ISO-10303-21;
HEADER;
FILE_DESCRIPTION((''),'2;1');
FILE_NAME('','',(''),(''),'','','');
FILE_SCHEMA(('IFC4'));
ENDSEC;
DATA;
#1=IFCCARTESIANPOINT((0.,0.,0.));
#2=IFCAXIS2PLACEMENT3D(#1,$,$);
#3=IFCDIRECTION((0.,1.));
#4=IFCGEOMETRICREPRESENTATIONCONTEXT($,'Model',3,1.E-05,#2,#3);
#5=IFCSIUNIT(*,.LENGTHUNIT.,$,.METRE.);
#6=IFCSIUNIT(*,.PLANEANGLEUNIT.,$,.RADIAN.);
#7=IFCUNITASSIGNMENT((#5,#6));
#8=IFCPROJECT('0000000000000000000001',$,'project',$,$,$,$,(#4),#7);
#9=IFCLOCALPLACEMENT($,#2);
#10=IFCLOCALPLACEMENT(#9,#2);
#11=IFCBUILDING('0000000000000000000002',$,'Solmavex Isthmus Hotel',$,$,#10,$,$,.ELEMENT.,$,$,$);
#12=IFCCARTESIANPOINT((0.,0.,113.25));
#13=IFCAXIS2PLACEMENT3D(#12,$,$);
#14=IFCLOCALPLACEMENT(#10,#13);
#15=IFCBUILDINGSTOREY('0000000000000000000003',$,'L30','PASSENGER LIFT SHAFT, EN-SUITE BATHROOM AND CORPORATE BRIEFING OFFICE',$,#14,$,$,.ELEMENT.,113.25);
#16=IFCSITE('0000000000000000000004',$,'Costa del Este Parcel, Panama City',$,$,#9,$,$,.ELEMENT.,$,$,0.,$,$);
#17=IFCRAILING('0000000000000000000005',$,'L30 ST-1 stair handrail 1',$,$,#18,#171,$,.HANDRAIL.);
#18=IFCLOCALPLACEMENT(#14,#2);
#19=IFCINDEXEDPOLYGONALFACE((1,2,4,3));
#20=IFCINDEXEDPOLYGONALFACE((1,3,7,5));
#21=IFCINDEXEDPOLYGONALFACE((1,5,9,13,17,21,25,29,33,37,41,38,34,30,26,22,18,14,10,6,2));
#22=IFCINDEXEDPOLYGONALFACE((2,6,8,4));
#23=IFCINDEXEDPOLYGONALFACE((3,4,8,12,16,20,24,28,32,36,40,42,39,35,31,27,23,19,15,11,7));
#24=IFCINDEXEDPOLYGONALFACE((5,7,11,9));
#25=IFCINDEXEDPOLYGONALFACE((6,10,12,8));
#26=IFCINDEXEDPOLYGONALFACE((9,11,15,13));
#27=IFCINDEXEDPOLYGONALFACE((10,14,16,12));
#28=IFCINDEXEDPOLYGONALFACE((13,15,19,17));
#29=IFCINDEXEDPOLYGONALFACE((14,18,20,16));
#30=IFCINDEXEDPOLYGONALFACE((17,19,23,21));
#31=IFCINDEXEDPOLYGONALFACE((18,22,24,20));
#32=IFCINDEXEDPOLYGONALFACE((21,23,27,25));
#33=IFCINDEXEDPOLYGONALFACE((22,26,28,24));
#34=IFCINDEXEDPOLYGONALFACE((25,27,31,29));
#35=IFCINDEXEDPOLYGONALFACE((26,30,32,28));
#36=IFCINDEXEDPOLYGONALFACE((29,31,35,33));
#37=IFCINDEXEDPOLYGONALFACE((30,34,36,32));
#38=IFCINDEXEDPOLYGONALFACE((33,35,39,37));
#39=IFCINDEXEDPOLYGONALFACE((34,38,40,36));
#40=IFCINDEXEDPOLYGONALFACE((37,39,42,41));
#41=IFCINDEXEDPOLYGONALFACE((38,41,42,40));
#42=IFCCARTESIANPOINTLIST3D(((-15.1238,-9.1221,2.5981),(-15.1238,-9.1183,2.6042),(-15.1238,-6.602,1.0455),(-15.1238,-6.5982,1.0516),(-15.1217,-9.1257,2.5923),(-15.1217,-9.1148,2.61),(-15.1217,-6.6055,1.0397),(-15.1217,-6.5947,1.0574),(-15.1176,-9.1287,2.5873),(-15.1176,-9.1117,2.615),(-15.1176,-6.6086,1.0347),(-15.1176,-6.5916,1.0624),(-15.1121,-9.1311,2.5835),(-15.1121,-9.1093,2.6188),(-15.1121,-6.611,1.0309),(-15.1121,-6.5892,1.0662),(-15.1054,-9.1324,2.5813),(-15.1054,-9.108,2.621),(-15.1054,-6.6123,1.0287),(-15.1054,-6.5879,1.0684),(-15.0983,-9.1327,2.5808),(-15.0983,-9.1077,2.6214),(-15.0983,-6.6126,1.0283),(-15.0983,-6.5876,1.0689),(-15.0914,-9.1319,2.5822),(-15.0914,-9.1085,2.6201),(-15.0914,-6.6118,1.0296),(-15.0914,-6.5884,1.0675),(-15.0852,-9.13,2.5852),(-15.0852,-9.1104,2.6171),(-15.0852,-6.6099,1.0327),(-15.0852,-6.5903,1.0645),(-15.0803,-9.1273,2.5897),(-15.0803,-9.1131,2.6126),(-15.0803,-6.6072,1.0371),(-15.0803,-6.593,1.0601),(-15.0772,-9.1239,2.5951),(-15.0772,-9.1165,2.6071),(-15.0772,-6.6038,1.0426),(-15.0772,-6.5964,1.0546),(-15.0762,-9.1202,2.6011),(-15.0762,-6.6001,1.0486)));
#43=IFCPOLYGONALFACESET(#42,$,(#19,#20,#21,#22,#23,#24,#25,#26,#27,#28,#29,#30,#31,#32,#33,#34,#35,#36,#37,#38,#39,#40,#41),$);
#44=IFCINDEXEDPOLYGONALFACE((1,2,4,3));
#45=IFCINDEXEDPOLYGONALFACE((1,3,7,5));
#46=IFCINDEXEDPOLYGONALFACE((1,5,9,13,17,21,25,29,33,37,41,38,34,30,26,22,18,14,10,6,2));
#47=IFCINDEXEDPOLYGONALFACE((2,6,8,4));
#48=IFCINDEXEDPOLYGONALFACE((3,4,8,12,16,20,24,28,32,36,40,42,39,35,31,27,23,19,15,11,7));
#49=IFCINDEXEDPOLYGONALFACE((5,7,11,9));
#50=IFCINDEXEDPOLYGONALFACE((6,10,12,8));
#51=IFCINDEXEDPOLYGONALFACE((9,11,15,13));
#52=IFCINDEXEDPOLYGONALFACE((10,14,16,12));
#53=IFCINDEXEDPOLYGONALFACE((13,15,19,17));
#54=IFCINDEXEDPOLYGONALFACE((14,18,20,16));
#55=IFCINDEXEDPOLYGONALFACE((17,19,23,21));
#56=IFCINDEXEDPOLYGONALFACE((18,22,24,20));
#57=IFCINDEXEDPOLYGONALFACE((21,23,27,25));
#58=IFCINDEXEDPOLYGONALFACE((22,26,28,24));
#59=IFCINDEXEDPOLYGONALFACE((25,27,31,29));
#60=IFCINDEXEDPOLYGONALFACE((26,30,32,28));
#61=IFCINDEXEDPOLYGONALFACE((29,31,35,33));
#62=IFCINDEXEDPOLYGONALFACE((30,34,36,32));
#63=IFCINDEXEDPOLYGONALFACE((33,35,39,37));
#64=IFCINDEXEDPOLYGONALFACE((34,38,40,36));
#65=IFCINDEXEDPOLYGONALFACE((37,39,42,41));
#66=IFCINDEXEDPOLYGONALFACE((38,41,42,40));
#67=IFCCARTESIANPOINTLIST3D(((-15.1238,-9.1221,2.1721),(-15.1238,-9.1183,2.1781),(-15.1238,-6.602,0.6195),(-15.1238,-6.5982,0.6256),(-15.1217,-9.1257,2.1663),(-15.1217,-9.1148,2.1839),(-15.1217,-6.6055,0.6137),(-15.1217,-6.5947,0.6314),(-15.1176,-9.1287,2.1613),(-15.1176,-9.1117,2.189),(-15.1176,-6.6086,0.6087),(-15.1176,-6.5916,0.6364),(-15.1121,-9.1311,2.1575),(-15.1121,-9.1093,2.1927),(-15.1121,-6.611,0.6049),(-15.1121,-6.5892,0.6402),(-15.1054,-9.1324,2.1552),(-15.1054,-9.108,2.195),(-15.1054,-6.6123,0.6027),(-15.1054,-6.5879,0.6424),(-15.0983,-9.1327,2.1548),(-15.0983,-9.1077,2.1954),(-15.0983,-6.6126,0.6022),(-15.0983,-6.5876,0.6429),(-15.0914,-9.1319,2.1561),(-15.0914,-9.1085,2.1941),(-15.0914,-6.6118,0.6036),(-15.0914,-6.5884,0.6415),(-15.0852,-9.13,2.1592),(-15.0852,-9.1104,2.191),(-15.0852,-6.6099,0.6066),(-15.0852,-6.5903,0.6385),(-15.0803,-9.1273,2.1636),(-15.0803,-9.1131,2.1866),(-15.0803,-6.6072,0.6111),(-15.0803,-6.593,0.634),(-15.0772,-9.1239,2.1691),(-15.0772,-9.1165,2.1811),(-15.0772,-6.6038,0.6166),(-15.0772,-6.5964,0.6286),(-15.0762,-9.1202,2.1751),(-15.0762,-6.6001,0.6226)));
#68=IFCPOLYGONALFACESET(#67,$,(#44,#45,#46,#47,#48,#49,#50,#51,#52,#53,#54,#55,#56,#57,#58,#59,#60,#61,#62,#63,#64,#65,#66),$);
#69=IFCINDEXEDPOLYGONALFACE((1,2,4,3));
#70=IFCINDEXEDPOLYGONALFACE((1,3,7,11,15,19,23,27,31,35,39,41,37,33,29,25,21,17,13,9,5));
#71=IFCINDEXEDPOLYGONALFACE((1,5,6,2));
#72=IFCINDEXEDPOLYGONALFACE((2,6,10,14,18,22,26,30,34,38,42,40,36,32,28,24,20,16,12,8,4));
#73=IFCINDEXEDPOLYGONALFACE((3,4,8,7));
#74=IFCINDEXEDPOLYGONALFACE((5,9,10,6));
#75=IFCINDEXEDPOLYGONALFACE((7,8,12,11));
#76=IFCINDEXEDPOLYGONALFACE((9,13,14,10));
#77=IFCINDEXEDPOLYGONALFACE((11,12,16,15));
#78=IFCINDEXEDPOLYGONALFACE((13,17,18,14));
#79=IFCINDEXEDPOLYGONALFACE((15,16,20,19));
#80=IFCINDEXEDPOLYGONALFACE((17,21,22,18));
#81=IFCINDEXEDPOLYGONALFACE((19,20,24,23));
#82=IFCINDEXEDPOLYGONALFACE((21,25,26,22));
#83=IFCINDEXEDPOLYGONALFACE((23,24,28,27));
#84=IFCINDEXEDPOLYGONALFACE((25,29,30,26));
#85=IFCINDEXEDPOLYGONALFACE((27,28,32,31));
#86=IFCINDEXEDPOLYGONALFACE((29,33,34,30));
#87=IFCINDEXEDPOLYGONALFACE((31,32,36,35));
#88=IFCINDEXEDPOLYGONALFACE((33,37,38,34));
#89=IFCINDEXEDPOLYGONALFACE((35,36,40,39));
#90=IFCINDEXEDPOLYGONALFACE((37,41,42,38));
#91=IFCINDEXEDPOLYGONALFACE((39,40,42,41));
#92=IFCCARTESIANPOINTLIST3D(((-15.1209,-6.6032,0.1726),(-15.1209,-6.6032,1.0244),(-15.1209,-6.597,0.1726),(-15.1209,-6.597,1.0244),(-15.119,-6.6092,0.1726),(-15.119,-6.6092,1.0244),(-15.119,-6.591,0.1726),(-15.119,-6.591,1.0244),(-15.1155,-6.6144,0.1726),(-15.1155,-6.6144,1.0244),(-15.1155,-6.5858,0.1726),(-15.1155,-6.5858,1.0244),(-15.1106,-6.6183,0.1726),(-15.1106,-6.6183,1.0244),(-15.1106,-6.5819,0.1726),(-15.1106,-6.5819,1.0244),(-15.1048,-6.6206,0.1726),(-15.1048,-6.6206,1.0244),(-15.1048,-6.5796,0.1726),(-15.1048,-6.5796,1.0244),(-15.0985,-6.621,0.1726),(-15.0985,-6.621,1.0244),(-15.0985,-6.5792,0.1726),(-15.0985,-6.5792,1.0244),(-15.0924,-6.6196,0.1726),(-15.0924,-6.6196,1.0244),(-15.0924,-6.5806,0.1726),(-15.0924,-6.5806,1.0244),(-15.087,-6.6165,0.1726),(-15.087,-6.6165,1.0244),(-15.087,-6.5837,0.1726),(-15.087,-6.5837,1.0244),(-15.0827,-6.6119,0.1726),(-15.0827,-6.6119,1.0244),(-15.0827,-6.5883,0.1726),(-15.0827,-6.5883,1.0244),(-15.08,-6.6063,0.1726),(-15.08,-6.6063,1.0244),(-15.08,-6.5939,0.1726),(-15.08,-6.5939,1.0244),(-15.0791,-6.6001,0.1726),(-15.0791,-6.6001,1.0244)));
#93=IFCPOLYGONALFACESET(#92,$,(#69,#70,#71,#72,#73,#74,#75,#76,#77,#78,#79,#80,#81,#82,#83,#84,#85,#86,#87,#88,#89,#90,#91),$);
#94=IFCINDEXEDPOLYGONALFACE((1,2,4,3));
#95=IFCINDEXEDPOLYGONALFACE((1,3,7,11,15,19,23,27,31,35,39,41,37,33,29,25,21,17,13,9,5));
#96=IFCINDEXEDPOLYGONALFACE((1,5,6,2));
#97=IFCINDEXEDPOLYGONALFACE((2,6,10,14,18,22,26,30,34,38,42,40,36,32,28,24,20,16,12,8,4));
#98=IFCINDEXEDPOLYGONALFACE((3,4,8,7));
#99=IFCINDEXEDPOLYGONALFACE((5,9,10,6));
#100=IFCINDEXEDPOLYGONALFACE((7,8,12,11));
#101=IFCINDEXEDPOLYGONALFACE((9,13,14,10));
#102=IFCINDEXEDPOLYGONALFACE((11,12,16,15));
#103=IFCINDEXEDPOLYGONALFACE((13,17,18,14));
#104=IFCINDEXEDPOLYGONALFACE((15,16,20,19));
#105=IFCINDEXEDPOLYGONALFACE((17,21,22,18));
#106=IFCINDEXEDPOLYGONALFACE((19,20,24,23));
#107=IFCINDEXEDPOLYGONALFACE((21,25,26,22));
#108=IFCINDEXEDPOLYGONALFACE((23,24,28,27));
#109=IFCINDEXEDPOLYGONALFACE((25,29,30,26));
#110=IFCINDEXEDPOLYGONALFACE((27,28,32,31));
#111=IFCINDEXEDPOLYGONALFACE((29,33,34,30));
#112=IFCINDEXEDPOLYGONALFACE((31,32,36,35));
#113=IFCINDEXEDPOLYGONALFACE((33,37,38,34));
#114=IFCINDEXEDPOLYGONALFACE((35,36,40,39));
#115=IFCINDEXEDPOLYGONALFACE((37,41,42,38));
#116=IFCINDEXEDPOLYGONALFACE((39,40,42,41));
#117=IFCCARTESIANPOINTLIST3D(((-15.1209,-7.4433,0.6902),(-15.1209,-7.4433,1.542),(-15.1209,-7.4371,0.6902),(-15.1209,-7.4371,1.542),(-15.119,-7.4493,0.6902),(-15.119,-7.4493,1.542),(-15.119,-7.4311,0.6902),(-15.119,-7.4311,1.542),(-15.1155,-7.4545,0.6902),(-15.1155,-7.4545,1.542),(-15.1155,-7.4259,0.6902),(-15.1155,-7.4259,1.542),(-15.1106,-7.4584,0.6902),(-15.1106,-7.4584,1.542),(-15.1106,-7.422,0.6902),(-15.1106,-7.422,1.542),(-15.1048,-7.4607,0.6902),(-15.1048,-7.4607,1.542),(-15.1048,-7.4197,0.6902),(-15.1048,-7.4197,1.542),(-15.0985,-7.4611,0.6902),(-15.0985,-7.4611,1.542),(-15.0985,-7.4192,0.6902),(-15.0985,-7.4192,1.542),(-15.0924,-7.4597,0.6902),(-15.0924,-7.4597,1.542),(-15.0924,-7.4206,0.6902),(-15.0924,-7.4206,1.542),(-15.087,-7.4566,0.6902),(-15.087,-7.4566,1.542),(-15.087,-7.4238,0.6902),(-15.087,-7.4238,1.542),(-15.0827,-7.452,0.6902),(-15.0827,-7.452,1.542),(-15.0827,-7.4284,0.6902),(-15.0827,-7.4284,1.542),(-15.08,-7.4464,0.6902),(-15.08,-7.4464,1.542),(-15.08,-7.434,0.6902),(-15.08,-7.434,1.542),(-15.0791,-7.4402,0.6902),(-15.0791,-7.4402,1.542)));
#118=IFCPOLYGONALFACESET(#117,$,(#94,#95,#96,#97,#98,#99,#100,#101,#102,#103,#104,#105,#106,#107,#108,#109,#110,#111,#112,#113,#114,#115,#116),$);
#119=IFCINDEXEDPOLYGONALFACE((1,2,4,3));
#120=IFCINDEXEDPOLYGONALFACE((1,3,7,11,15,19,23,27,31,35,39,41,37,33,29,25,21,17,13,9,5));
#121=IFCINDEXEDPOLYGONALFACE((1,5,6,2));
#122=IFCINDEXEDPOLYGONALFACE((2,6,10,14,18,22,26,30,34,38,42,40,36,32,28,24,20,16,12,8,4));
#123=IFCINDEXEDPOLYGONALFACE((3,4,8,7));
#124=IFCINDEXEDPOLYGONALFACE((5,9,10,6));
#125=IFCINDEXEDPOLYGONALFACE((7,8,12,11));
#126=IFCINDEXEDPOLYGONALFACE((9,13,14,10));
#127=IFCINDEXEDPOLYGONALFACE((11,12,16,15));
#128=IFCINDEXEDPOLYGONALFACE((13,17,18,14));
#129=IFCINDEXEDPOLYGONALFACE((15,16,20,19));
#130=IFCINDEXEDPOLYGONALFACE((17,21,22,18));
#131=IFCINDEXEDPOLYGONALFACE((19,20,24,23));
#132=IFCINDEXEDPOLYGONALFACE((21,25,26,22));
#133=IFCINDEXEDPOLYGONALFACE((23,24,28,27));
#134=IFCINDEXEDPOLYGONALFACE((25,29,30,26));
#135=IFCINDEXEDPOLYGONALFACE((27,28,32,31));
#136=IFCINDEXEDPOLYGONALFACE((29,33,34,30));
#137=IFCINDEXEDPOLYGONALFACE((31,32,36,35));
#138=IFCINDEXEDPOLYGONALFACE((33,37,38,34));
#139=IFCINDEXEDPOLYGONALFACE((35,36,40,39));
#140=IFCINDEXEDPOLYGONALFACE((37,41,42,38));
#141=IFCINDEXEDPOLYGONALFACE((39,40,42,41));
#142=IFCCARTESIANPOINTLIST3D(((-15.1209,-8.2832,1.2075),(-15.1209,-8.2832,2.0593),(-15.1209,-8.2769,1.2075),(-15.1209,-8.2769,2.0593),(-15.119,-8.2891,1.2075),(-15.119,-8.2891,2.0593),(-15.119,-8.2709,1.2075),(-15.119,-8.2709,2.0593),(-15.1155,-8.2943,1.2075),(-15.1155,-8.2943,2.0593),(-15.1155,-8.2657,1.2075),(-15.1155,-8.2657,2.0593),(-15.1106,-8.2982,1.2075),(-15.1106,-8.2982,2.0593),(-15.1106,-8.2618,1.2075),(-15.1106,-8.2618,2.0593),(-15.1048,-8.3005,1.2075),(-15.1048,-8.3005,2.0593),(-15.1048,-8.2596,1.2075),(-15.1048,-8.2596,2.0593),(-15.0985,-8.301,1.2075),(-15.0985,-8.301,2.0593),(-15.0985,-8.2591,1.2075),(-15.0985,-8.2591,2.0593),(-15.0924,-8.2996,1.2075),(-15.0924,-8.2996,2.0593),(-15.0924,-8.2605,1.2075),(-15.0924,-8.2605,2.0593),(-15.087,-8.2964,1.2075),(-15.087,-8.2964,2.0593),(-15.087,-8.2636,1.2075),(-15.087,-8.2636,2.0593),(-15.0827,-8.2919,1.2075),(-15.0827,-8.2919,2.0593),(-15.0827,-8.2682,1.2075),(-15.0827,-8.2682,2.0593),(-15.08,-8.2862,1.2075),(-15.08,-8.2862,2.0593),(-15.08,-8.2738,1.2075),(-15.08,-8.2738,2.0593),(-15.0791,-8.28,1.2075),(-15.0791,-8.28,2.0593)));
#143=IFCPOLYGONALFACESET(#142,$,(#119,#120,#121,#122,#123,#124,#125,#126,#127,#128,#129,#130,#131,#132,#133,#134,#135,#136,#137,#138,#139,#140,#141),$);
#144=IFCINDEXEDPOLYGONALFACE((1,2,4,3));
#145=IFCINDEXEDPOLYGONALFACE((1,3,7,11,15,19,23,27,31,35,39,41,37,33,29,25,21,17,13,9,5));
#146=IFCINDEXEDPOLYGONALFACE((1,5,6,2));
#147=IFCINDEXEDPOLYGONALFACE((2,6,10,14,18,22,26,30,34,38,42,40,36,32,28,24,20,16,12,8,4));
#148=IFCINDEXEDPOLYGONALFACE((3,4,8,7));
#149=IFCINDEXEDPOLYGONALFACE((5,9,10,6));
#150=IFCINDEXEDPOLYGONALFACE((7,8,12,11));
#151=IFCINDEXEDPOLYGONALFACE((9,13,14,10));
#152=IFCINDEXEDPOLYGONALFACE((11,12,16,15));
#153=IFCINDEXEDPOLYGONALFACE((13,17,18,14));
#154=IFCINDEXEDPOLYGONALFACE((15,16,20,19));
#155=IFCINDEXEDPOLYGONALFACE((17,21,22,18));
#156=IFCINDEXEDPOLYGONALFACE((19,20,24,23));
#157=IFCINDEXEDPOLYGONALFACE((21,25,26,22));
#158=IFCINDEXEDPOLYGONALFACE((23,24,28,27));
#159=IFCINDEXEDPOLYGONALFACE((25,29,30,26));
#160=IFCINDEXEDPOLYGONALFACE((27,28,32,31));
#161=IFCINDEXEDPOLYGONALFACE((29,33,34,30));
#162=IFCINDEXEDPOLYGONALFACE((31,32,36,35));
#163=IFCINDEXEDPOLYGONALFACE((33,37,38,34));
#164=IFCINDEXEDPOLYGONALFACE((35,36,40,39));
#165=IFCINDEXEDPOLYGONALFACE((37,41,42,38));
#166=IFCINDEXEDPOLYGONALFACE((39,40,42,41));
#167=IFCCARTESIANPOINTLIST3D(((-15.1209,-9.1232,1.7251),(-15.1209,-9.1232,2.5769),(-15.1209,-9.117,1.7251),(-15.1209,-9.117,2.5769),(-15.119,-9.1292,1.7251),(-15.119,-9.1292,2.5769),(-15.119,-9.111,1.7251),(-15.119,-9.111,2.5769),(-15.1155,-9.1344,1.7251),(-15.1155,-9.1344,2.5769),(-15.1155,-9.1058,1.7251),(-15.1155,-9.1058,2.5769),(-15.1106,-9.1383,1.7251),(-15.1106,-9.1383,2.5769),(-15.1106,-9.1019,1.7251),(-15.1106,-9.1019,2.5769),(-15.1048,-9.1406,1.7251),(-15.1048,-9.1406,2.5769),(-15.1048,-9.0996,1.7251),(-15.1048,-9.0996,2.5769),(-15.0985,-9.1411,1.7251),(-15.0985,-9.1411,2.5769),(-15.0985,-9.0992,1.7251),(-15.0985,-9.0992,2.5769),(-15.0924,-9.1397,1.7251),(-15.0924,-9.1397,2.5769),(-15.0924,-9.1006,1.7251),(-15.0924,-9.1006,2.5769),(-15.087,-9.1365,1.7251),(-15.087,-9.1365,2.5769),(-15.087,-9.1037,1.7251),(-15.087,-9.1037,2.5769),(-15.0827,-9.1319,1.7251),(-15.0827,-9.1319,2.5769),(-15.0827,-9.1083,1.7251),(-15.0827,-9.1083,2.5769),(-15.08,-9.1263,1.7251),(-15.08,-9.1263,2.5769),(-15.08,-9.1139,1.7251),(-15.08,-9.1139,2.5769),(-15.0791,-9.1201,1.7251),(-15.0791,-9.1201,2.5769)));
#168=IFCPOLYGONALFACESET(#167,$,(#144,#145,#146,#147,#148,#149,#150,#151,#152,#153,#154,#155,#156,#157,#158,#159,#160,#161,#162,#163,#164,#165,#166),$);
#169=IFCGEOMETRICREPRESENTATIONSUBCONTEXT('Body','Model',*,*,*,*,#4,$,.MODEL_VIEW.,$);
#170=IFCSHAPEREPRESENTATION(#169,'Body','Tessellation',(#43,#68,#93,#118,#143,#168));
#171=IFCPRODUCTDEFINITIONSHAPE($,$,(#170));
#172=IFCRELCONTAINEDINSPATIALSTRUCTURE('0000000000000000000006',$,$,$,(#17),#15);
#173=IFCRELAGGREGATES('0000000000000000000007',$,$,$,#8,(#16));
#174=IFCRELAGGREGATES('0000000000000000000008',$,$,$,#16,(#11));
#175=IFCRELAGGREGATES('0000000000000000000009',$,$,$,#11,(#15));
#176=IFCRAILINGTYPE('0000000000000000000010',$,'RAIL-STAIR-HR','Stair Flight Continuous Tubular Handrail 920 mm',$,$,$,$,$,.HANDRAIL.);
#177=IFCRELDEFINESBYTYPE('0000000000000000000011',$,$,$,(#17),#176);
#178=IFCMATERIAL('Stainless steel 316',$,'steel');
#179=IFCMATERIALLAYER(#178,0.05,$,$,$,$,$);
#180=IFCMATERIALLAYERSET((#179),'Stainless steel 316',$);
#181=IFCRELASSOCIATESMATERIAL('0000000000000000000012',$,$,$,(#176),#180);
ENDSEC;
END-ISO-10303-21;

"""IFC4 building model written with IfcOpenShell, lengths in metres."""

from ifc_helpers import new_model, si_unit, direction, frame, origin, origin_2d, place, context, subcontext, project, spatial, circle, extrude, material, layer, layer_set, type_object, element, save


model = new_model("IFC4")

# Units and contexts
model_context = context("Model", 3, precision=1e-05, world=origin(), true_north=direction((0.0, 1.0)))
body_context = subcontext(model_context, "Body", "Model", "MODEL_VIEW")
ifc_project = project(units=[si_unit("LENGTHUNIT", "METRE"), si_unit("PLANEANGLEUNIT", "RADIAN")], contexts=[model_context])

# Site, building, storey
site_placement = place(None, origin())
site = spatial("IfcSite", under=ifc_project, at=site_placement, Name="Costa del Este Parcel, Panama City", CompositionType="ELEMENT", RefElevation=0.0)
building_placement = place(site_placement, origin())
building = spatial("IfcBuilding", under=site, at=building_placement, Name="Solmavex Isthmus Hotel", CompositionType="ELEMENT")
storey_placement = place(building_placement, frame((0.0, 0.0, 113.25)))
storey = spatial("IfcBuildingStorey", under=building, at=storey_placement, Name="L30", Description="PASSENGER LIFT SHAFT, EN-SUITE BATHROOM AND CORPORATE BRIEFING OFFICE", CompositionType="ELEMENT", Elevation=113.25)

# Shared definitions
ifc_material_1 = material(Name="Stainless steel 316", Category="steel")

# Railing
ifc_layer_1 = layer(ifc_material_1, 0.05)
ifc_layer_set_1 = layer_set([ifc_layer_1], Name="Stainless steel 316")
railing_type_1 = type_object("IfcRailingType", Name="RAIL-STAIR-HR", Description="Stair Flight Continuous Tubular Handrail 920 mm", PredefinedType="HANDRAIL", material=ifc_layer_set_1)
railing_1_placement = place(storey_placement, frame((-15.1001, -6.6001, 0.1726)))
element("IfcRailing", 1, at=railing_1_placement, inside=storey, type_object=railing_type_1, Name="L30 ST-1 stair handrail 1", PredefinedType="HANDRAIL", context=body_context, shape_type="SweptSolid", body=[
    extrude(circle(Radius=0.0239, at=origin_2d()), frame((0.0, 0.0, 0.876), z_axis=(0.0, -0.8514, 0.524516), x_axis=(1.0, 0.0, 0.0)), (0.0, 0.0, 1.0), 2.96),
    extrude(circle(Radius=0.0239, at=origin_2d()), frame((0.0, 0.0, 0.45), z_axis=(0.0, -0.8514, 0.524516), x_axis=(1.0, 0.0, 0.0)), (0.0, 0.0, 1.0), 2.96),
    extrude(circle(Radius=0.021, at=origin_2d()), origin(), (0.0, 0.0, 1.0), 0.8518),
    extrude(circle(Radius=0.021, at=origin_2d()), frame((0.0, -0.8401, 0.5176)), (0.0, 0.0, 1.0), 0.8518),
    extrude(circle(Radius=0.021, at=origin_2d()), frame((0.0, -1.6799, 1.0349)), (0.0, 0.0, 1.0), 0.8518),
    extrude(circle(Radius=0.021, at=origin_2d()), frame((0.0, -2.52, 1.5525)), (0.0, 0.0, 1.0), 0.8518),
])

save(model, "model.ifc")
